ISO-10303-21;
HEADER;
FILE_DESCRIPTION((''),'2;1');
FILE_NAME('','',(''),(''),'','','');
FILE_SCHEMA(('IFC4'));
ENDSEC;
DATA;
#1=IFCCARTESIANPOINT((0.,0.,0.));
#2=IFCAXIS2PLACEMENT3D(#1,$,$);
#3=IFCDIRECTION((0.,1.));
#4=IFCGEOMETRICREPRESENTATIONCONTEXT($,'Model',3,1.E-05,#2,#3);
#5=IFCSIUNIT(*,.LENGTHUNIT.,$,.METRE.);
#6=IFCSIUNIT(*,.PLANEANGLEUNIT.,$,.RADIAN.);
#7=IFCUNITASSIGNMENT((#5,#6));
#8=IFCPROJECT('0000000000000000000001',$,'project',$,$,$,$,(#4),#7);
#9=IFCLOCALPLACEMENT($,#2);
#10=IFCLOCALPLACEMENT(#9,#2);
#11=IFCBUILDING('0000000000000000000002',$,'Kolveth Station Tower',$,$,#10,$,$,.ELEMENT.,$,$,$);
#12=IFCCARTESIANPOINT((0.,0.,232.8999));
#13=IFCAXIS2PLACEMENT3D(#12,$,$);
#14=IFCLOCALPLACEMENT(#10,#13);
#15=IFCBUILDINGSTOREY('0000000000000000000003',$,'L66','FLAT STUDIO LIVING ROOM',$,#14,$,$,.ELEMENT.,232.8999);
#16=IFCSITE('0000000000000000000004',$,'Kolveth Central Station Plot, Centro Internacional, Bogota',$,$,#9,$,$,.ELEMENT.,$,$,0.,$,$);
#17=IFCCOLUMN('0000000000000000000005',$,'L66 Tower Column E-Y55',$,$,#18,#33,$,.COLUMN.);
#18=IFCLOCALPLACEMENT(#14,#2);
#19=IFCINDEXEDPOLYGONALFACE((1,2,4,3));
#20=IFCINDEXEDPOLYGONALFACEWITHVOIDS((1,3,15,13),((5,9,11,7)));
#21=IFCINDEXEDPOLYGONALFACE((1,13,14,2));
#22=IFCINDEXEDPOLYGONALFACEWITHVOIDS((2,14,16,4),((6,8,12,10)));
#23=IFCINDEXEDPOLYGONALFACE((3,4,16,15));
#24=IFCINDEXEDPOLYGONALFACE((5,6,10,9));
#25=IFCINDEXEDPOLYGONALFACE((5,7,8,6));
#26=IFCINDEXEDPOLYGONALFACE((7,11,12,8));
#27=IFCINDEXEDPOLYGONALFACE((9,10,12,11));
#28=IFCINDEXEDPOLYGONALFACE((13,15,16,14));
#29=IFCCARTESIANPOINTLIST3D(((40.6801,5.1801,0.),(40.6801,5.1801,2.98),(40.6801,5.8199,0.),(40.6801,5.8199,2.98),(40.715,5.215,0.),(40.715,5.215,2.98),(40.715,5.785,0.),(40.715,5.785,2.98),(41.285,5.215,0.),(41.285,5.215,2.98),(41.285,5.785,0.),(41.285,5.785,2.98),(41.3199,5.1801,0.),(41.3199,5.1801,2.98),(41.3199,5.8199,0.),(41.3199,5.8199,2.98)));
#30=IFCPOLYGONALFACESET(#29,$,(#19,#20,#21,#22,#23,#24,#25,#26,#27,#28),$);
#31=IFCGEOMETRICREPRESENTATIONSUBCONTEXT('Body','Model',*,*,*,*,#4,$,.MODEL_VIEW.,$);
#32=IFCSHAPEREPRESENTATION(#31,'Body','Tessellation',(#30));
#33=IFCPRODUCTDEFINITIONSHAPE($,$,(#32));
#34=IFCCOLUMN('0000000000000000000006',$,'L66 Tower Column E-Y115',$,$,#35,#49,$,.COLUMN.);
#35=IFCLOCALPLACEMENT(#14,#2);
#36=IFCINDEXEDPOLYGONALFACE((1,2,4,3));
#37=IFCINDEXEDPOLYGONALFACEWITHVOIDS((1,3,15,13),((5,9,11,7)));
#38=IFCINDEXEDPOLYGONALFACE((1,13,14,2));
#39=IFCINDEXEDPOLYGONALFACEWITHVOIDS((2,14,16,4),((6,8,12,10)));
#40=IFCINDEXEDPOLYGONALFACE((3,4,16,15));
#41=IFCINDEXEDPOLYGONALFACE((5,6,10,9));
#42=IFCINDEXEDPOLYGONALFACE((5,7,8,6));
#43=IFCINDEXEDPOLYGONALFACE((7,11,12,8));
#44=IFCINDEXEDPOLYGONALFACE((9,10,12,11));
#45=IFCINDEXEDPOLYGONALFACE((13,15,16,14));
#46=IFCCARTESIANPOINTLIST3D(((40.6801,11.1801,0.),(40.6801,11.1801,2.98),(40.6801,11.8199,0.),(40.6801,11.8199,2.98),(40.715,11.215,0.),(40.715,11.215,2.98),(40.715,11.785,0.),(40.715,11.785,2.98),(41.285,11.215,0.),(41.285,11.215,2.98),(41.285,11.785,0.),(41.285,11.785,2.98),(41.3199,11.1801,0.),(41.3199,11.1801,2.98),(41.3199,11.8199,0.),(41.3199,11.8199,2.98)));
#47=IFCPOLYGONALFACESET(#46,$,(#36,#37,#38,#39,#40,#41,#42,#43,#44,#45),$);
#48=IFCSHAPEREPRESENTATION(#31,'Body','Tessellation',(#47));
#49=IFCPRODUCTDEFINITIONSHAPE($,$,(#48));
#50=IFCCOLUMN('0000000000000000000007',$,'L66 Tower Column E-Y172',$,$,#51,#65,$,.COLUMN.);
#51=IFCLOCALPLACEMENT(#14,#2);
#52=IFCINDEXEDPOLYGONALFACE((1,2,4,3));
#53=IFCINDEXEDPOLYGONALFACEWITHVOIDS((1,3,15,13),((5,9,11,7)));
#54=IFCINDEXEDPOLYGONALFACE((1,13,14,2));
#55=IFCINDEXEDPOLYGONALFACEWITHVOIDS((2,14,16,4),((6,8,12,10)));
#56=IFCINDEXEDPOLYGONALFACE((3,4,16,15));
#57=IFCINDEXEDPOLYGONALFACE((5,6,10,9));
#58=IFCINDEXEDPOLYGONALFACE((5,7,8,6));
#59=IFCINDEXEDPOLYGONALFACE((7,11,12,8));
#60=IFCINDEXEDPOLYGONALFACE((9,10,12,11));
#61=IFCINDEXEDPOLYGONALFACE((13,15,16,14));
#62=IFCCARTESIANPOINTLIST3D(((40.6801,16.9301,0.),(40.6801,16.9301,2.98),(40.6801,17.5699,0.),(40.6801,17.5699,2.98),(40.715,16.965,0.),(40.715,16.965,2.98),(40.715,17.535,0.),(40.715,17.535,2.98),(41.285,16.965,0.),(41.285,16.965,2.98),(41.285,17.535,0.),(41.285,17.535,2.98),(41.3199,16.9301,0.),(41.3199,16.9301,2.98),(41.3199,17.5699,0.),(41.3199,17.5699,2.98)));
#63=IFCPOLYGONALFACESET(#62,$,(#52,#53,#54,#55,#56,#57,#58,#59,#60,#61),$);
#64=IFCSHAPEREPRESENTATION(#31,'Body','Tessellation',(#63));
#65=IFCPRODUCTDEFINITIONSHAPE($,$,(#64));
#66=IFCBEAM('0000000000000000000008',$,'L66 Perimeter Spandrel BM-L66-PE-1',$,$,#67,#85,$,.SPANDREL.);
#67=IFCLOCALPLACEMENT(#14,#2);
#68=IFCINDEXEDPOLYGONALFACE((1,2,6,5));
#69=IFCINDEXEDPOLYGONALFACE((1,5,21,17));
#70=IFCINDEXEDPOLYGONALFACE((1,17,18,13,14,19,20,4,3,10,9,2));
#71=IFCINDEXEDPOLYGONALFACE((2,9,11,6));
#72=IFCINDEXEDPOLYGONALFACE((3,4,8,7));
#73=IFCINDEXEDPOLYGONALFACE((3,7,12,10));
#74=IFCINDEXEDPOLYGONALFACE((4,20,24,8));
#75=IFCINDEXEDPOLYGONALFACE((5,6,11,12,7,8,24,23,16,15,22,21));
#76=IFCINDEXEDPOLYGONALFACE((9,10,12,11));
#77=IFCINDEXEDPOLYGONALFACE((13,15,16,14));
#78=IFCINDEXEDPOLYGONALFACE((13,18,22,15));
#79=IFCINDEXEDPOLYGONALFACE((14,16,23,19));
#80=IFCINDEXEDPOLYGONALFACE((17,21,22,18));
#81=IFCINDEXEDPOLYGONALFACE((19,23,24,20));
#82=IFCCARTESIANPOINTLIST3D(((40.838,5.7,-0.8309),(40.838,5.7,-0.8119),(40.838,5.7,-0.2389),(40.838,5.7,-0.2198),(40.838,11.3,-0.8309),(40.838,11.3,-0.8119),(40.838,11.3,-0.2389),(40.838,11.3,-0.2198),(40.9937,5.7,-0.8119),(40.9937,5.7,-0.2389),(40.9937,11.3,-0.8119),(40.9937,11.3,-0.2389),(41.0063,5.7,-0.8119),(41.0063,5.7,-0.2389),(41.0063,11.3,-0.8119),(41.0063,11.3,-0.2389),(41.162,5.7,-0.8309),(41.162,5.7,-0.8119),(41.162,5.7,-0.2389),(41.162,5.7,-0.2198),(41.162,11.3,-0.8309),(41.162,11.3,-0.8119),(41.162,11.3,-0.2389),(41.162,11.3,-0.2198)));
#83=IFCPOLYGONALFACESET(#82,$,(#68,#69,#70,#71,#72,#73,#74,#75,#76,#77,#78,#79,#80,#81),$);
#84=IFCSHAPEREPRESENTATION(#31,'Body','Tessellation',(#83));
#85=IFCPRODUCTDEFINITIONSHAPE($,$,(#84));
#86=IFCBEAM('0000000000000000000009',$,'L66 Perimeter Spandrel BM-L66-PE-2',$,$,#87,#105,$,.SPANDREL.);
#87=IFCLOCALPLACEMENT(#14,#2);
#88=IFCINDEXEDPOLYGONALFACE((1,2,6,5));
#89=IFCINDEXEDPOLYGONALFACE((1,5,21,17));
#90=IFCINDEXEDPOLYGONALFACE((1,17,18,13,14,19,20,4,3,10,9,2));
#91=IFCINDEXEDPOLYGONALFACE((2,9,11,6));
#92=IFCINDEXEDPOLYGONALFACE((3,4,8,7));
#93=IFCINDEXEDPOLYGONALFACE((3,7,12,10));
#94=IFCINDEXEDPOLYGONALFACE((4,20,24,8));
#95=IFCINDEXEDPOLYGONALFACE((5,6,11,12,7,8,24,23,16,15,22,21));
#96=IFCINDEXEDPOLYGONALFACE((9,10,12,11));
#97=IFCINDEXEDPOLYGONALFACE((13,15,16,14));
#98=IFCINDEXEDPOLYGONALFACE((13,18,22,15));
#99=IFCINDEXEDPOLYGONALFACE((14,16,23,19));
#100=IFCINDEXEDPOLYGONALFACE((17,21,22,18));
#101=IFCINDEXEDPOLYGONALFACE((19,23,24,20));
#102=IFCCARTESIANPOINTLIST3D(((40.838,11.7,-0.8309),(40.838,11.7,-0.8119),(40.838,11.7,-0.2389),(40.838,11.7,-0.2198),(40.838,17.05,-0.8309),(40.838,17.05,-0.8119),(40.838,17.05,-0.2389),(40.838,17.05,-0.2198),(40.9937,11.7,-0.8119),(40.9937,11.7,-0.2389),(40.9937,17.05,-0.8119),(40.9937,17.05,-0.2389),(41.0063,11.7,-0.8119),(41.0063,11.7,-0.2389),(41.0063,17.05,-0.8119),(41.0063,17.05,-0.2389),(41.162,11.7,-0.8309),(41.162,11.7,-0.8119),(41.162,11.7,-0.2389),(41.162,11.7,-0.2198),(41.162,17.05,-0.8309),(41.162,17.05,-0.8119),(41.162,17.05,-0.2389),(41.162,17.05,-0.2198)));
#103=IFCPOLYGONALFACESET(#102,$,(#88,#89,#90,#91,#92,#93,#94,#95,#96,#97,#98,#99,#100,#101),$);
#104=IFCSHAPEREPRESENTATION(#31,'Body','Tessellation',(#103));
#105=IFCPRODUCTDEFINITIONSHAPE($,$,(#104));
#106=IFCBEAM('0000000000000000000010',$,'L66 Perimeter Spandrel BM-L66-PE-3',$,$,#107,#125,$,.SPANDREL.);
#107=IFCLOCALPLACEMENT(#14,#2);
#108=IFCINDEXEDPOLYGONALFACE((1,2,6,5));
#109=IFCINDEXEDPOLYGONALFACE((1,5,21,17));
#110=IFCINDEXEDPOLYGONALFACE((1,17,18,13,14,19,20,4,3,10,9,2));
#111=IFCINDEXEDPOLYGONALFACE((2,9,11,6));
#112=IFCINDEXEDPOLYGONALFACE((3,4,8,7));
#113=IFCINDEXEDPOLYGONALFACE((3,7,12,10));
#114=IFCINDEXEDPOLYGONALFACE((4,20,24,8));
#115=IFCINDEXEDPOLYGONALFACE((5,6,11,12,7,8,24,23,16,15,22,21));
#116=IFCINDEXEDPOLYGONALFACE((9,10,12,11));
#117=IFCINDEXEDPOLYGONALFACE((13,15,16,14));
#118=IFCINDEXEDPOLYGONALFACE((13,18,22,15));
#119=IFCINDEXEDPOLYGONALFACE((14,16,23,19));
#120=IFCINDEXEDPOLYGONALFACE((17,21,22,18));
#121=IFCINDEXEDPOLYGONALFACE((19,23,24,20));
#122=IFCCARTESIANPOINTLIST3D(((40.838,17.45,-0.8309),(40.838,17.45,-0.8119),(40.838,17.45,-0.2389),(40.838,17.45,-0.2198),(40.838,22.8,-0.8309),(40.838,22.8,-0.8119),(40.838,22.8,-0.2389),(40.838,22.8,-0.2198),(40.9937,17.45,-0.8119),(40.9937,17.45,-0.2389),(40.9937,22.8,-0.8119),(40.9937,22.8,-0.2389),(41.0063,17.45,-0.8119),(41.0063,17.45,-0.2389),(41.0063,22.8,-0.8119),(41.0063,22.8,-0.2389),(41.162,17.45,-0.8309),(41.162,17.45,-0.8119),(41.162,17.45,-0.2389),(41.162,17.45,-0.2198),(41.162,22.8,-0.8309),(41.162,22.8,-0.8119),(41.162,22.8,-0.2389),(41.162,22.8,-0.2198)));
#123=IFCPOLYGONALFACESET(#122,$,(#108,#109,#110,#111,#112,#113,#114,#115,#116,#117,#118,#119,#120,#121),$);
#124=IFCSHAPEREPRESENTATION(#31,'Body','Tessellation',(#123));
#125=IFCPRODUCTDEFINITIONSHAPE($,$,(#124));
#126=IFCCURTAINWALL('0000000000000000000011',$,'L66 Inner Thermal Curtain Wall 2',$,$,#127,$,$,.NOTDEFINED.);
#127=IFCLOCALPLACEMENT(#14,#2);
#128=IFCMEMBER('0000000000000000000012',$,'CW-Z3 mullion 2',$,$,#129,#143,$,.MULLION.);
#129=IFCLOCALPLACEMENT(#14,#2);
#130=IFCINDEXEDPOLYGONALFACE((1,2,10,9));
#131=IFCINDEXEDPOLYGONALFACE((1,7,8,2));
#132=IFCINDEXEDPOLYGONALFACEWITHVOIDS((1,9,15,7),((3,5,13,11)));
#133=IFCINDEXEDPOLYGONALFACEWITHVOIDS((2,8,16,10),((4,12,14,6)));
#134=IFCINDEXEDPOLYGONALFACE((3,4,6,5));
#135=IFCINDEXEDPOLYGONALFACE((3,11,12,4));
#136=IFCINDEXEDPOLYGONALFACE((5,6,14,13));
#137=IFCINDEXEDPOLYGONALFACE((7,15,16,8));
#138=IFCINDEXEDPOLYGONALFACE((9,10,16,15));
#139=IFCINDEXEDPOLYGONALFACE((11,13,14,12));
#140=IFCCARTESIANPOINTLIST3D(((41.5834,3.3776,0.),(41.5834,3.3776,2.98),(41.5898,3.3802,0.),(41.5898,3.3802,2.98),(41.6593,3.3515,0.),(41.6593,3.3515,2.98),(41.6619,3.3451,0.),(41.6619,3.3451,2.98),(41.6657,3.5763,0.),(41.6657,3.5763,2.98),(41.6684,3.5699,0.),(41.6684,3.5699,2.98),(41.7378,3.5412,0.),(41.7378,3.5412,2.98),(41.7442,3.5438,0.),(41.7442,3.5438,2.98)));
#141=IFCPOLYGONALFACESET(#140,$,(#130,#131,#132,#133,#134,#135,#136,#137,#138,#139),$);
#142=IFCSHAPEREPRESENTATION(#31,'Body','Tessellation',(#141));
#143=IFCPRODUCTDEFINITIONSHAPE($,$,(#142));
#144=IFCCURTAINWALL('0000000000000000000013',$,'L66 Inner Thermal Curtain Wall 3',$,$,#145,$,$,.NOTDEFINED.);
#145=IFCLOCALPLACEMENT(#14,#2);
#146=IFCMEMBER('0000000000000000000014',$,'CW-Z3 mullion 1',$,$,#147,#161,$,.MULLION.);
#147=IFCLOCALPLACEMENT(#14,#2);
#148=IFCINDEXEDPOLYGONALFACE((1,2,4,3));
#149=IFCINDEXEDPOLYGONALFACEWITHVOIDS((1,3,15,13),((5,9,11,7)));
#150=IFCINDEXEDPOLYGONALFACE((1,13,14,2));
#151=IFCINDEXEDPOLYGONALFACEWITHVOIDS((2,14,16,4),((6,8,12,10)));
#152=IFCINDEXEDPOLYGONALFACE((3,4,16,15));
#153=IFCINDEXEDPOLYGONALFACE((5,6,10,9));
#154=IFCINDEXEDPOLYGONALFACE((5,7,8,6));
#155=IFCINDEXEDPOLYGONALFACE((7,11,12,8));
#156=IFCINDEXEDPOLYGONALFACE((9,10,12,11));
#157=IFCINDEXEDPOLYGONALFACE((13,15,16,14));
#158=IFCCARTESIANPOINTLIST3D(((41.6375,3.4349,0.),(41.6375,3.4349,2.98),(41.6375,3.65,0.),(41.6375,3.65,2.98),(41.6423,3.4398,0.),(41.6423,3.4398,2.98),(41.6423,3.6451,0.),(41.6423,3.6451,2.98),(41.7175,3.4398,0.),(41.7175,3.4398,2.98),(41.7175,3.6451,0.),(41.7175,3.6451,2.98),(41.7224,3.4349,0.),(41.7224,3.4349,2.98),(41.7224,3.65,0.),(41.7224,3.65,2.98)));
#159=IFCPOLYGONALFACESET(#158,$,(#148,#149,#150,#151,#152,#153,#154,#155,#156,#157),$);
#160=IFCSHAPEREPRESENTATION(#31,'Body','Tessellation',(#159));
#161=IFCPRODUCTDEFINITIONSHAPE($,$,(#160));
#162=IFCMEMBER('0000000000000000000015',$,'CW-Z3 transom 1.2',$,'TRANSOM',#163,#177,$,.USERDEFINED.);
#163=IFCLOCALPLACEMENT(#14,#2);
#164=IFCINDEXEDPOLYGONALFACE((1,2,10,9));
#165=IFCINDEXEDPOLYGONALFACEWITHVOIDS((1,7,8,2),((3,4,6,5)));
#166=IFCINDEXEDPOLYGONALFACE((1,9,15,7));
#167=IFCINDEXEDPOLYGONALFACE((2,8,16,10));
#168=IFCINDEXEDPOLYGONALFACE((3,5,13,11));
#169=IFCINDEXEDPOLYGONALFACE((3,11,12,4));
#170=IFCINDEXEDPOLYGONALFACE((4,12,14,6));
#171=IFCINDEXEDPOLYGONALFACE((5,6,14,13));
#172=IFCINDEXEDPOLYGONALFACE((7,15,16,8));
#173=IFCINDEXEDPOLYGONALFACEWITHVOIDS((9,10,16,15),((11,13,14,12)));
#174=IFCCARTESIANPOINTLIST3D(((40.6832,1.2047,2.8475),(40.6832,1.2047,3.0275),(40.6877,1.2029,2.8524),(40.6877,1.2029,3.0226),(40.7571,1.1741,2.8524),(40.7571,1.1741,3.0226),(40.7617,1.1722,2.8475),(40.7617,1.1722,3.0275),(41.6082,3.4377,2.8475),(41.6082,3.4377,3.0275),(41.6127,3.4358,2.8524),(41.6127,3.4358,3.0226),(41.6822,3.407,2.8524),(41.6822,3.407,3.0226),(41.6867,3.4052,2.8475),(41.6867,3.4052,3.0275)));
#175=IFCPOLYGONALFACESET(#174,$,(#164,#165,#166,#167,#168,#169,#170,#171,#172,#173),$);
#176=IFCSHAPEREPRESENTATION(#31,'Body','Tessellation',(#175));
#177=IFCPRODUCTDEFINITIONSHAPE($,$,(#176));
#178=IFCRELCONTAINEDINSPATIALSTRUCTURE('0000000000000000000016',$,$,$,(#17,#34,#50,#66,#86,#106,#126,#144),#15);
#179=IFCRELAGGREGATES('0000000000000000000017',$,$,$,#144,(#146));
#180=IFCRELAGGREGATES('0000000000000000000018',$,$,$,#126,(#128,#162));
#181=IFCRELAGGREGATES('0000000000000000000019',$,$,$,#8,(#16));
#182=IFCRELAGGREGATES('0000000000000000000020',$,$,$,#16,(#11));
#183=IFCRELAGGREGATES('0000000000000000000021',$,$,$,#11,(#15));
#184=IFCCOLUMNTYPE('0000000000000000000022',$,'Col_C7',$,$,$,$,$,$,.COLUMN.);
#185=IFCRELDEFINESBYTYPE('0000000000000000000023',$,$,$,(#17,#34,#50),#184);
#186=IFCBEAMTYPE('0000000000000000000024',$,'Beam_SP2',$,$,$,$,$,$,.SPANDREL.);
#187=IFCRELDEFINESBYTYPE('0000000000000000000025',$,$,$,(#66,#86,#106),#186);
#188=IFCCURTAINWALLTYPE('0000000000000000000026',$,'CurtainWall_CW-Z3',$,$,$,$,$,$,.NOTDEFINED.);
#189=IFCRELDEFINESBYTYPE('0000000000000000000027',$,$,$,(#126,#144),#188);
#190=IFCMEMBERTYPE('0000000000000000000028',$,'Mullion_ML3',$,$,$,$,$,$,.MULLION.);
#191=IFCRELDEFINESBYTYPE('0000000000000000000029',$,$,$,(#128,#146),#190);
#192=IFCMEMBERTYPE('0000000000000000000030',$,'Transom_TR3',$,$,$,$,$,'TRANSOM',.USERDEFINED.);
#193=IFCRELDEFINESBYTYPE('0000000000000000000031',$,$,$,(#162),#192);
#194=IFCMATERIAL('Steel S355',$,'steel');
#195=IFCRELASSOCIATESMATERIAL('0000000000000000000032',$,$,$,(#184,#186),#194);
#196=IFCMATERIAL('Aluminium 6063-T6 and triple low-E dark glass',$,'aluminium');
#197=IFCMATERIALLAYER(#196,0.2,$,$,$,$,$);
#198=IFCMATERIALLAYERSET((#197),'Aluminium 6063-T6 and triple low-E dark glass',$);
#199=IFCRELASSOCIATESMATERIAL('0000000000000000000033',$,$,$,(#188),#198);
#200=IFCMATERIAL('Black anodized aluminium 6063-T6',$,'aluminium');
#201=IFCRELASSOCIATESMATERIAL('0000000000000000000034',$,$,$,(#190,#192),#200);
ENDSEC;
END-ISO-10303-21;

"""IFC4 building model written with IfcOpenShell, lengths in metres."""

from ifc_helpers import new_model, si_unit, direction, frame, origin, origin_2d, place, context, subcontext, project, spatial, hollow_rectangle, i_section, extrude, source, transform, mapped, material, layer, layer_set, material_profile, profile_set, type_object, element, aggregate, save


model = new_model("IFC4")

# Units and contexts
model_context = context("Model", 3, precision=1e-05, world=origin(), true_north=direction((0.0, 1.0)))
body_context = subcontext(model_context, "Body", "Model", "MODEL_VIEW")
ifc_project = project(units=[si_unit("LENGTHUNIT", "METRE"), si_unit("PLANEANGLEUNIT", "RADIAN")], contexts=[model_context])

# Site, building, storey
site_placement = place(None, origin())
site = spatial("IfcSite", under=ifc_project, at=site_placement, Name="Kolveth Central Station Plot, Centro Internacional, Bogota", CompositionType="ELEMENT", RefElevation=0.0)
building_placement = place(site_placement, origin())
building = spatial("IfcBuilding", under=site, at=building_placement, Name="Kolveth Station Tower", CompositionType="ELEMENT")
storey_placement = place(building_placement, frame((0.0, 0.0, 232.8999)))
storey = spatial("IfcBuildingStorey", under=building, at=storey_placement, Name="L66", Description="FLAT STUDIO LIVING ROOM", CompositionType="ELEMENT", Elevation=232.8999)

# Columns
ifc_material_1 = material(Name="Steel S355", Category="steel")
ifc_material_profile_1 = material_profile(ifc_material_1, hollow_rectangle(XDim=0.6399, YDim=0.6399, WallThickness=0.0349, at=origin_2d()), Name="BOX640x640x35")
ifc_profile_set_1 = profile_set([ifc_material_profile_1], Name="Steel S355")
column_type = type_object("IfcColumnType", Name="Col_C7", PredefinedType="COLUMN", material=ifc_profile_set_1)
shared_shape_1 = source(origin(), body_context, "Body", "SweptSolid", [
    extrude(hollow_rectangle(XDim=0.6399, YDim=0.6399, WallThickness=0.0349, at=origin_2d()), origin(), (0.0, 0.0, 1.0), 2.98),
])
for number, where, z_axis, x_axis, name in (
    (1, (41.0, 5.5, 0.0), (0.0, 0.0, 1.0), (1.0, 0.0, 0.0), "L66 Tower Column E-Y55"),
    (2, (41.0, 11.5, 0.0), (0.0, 0.0, 1.0), (1.0, 0.0, 0.0), "L66 Tower Column E-Y115"),
    (3, (41.0, 17.25, 0.0), (0.0, 0.0, 1.0), (1.0, 0.0, 0.0), "L66 Tower Column E-Y172"),
):
    element("IfcColumn", number, at=place(storey_placement, frame(where, z_axis=z_axis, x_axis=x_axis)), inside=storey, type_object=column_type, Name=name, PredefinedType="COLUMN", context=body_context, shape_type="MappedRepresentation", body=[
        mapped(shared_shape_1, transform((0.0, 0.0, 0.0), x_axis=(1.0, 0.0, 0.0), y_axis=(0.0, 1.0, 0.0), z_axis=(0.0, 0.0, 1.0), scale=1.0)),
    ])

# Beams
ifc_material_profile_2 = material_profile(ifc_material_1, i_section(OverallWidth=0.324, OverallDepth=0.6111, WebThickness=0.0127, FlangeThickness=0.019, at=origin_2d()), Name="W610x155")
ifc_profile_set_2 = profile_set([ifc_material_profile_2], Name="Steel S355")
beam_type = type_object("IfcBeamType", Name="Beam_SP2", PredefinedType="SPANDREL", material=ifc_profile_set_2)
shared_shape_2 = source(origin(), body_context, "Body", "SweptSolid", [
    extrude(i_section(OverallWidth=0.324, OverallDepth=0.6111, WebThickness=0.0127, FlangeThickness=0.019, at=origin_2d()), origin(), (0.0, 0.0, 1.0), 5.6001),
])
beam_placement = place(storey_placement, frame((41.0, 5.7, -0.5254), z_axis=(0.0, 1.0, 0.0), x_axis=(-1.0, 0.0, 0.0)))
element("IfcBeam", 4, at=beam_placement, inside=storey, type_object=beam_type, Name="L66 Perimeter Spandrel BM-L66-PE-1", PredefinedType="SPANDREL", context=body_context, shape_type="MappedRepresentation", body=[
    mapped(shared_shape_2, transform((0.0, 0.0, 0.0), x_axis=(1.0, 0.0, 0.0), y_axis=(0.0, 1.0, 0.0), z_axis=(0.0, 0.0, 1.0), scale=1.0)),
])
shared_shape_3 = source(origin(), body_context, "Body", "SweptSolid", [
    extrude(i_section(OverallWidth=0.324, OverallDepth=0.6111, WebThickness=0.0127, FlangeThickness=0.019, at=origin_2d()), origin(), (0.0, 0.0, 1.0), 5.3501),
])
for number, where, z_axis, x_axis, name in (
    (5, (41.0, 11.7, -0.5254), (0.0, 1.0, 0.0), (-1.0, 0.0, 0.0), "L66 Perimeter Spandrel BM-L66-PE-2"),
    (6, (41.0, 17.45, -0.5254), (0.0, 1.0, 0.0), (-1.0, 0.0, 0.0), "L66 Perimeter Spandrel BM-L66-PE-3"),
):
    element("IfcBeam", number, at=place(storey_placement, frame(where, z_axis=z_axis, x_axis=x_axis)), inside=storey, type_object=beam_type, Name=name, PredefinedType="SPANDREL", context=body_context, shape_type="MappedRepresentation", body=[
        mapped(shared_shape_3, transform((0.0, 0.0, 0.0), x_axis=(1.0, 0.0, 0.0), y_axis=(0.0, 1.0, 0.0), z_axis=(0.0, 0.0, 1.0), scale=1.0)),
    ])

# Curtain walls, members
ifc_material_2 = material(Name="Aluminium 6063-T6 and triple low-E dark glass", Category="aluminium")
ifc_layer_1 = layer(ifc_material_2, 0.2)
ifc_layer_set_1 = layer_set([ifc_layer_1], Name="Aluminium 6063-T6 and triple low-E dark glass")
curtain_wall_type_1 = type_object("IfcCurtainWallType", Name="CurtainWall_CW-Z3", PredefinedType="NOTDEFINED", material=ifc_layer_set_1)
curtain_wall_1_placement = place(storey_placement, origin())
curtain_wall_1 = element("IfcCurtainWall", 7, at=curtain_wall_1_placement, inside=storey, type_object=curtain_wall_type_1, Name="L66 Inner Thermal Curtain Wall 2", PredefinedType="NOTDEFINED")
ifc_material_3 = material(Name="Black anodized aluminium 6063-T6", Category="aluminium")
ifc_material_profile_3 = material_profile(ifc_material_3, hollow_rectangle(XDim=0.085, YDim=0.2151, WallThickness=0.0049, at=origin_2d()), Name="ALU-85x215x5")
ifc_profile_set_3 = profile_set([ifc_material_profile_3], Name="Black anodized aluminium 6063-T6")
member_type_1 = type_object("IfcMemberType", Name="Mullion_ML3", PredefinedType="MULLION", material=ifc_profile_set_3)
shared_shape_4 = source(origin(), body_context, "Body", "SweptSolid", [
    extrude(hollow_rectangle(XDim=0.085, YDim=0.2151, WallThickness=0.0049, at=origin_2d()), origin(), (0.0, 0.0, 1.0), 2.98),
])
member_1_placement = place(storey_placement, frame((41.6638, 3.4607, 0.0), z_axis=(0.0, 0.0, 1.0), x_axis=(-0.923875, 0.382693, 0.0)))
member_1 = element("IfcMember", 8, at=member_1_placement, type_object=member_type_1, Name="CW-Z3 mullion 2", PredefinedType="MULLION", context=body_context, shape_type="MappedRepresentation", body=[
    mapped(shared_shape_4, transform((0.0, 0.0, 0.0), x_axis=(1.0, 0.0, 0.0), y_axis=(0.0, 1.0, 0.0), z_axis=(0.0, 0.0, 1.0), scale=1.0)),
])
curtain_wall_2_placement = place(storey_placement, origin())
curtain_wall_2 = element("IfcCurtainWall", 9, at=curtain_wall_2_placement, inside=storey, type_object=curtain_wall_type_1, Name="L66 Inner Thermal Curtain Wall 3", PredefinedType="NOTDEFINED")
member_2_placement = place(storey_placement, frame((41.6799, 3.5425, 0.0), z_axis=(0.0, 0.0, 1.0), x_axis=(-1.0, 0.0, 0.0)))
member_2 = element("IfcMember", 10, at=member_2_placement, type_object=member_type_1, Name="CW-Z3 mullion 1", PredefinedType="MULLION", context=body_context, shape_type="MappedRepresentation", body=[
    mapped(shared_shape_4, transform((0.0, 0.0, 0.0), x_axis=(1.0, 0.0, 0.0), y_axis=(0.0, 1.0, 0.0), z_axis=(0.0, 0.0, 1.0), scale=1.0)),
])

# Member
ifc_material_profile_4 = material_profile(ifc_material_3, hollow_rectangle(XDim=0.085, YDim=0.1799, WallThickness=0.0049, at=origin_2d()), Name="ALU-85x180x5")
ifc_profile_set_4 = profile_set([ifc_material_profile_4], Name="Black anodized aluminium 6063-T6")
member_type_2 = type_object("IfcMemberType", Name="Transom_TR3", ElementType="TRANSOM", PredefinedType="USERDEFINED", material=ifc_profile_set_4)
shared_shape_5 = source(origin(), body_context, "Body", "SweptSolid", [
    extrude(hollow_rectangle(XDim=0.085, YDim=0.1799, WallThickness=0.0049, at=origin_2d()), origin(), (0.0, 0.0, 1.0), 2.417),
])
member_3_placement = place(storey_placement, frame((40.7224, 1.1885, 2.9375), z_axis=(0.382735, 0.923858, 0.0), x_axis=(-0.923858, 0.382735, 0.0)))
member_3 = element("IfcMember", 11, at=member_3_placement, type_object=member_type_2, Name="CW-Z3 transom 1.2", ObjectType="TRANSOM", PredefinedType="USERDEFINED", context=body_context, shape_type="MappedRepresentation", body=[
    mapped(shared_shape_5, transform((0.0, 0.0, 0.0), x_axis=(1.0, 0.0, 0.0), y_axis=(0.0, 1.0, 0.0), z_axis=(0.0, 0.0, 1.0), scale=1.0)),
])
aggregate(curtain_wall_2, [member_2])

aggregate(curtain_wall_1, [member_1, member_3])

save(model, "model.ifc")
